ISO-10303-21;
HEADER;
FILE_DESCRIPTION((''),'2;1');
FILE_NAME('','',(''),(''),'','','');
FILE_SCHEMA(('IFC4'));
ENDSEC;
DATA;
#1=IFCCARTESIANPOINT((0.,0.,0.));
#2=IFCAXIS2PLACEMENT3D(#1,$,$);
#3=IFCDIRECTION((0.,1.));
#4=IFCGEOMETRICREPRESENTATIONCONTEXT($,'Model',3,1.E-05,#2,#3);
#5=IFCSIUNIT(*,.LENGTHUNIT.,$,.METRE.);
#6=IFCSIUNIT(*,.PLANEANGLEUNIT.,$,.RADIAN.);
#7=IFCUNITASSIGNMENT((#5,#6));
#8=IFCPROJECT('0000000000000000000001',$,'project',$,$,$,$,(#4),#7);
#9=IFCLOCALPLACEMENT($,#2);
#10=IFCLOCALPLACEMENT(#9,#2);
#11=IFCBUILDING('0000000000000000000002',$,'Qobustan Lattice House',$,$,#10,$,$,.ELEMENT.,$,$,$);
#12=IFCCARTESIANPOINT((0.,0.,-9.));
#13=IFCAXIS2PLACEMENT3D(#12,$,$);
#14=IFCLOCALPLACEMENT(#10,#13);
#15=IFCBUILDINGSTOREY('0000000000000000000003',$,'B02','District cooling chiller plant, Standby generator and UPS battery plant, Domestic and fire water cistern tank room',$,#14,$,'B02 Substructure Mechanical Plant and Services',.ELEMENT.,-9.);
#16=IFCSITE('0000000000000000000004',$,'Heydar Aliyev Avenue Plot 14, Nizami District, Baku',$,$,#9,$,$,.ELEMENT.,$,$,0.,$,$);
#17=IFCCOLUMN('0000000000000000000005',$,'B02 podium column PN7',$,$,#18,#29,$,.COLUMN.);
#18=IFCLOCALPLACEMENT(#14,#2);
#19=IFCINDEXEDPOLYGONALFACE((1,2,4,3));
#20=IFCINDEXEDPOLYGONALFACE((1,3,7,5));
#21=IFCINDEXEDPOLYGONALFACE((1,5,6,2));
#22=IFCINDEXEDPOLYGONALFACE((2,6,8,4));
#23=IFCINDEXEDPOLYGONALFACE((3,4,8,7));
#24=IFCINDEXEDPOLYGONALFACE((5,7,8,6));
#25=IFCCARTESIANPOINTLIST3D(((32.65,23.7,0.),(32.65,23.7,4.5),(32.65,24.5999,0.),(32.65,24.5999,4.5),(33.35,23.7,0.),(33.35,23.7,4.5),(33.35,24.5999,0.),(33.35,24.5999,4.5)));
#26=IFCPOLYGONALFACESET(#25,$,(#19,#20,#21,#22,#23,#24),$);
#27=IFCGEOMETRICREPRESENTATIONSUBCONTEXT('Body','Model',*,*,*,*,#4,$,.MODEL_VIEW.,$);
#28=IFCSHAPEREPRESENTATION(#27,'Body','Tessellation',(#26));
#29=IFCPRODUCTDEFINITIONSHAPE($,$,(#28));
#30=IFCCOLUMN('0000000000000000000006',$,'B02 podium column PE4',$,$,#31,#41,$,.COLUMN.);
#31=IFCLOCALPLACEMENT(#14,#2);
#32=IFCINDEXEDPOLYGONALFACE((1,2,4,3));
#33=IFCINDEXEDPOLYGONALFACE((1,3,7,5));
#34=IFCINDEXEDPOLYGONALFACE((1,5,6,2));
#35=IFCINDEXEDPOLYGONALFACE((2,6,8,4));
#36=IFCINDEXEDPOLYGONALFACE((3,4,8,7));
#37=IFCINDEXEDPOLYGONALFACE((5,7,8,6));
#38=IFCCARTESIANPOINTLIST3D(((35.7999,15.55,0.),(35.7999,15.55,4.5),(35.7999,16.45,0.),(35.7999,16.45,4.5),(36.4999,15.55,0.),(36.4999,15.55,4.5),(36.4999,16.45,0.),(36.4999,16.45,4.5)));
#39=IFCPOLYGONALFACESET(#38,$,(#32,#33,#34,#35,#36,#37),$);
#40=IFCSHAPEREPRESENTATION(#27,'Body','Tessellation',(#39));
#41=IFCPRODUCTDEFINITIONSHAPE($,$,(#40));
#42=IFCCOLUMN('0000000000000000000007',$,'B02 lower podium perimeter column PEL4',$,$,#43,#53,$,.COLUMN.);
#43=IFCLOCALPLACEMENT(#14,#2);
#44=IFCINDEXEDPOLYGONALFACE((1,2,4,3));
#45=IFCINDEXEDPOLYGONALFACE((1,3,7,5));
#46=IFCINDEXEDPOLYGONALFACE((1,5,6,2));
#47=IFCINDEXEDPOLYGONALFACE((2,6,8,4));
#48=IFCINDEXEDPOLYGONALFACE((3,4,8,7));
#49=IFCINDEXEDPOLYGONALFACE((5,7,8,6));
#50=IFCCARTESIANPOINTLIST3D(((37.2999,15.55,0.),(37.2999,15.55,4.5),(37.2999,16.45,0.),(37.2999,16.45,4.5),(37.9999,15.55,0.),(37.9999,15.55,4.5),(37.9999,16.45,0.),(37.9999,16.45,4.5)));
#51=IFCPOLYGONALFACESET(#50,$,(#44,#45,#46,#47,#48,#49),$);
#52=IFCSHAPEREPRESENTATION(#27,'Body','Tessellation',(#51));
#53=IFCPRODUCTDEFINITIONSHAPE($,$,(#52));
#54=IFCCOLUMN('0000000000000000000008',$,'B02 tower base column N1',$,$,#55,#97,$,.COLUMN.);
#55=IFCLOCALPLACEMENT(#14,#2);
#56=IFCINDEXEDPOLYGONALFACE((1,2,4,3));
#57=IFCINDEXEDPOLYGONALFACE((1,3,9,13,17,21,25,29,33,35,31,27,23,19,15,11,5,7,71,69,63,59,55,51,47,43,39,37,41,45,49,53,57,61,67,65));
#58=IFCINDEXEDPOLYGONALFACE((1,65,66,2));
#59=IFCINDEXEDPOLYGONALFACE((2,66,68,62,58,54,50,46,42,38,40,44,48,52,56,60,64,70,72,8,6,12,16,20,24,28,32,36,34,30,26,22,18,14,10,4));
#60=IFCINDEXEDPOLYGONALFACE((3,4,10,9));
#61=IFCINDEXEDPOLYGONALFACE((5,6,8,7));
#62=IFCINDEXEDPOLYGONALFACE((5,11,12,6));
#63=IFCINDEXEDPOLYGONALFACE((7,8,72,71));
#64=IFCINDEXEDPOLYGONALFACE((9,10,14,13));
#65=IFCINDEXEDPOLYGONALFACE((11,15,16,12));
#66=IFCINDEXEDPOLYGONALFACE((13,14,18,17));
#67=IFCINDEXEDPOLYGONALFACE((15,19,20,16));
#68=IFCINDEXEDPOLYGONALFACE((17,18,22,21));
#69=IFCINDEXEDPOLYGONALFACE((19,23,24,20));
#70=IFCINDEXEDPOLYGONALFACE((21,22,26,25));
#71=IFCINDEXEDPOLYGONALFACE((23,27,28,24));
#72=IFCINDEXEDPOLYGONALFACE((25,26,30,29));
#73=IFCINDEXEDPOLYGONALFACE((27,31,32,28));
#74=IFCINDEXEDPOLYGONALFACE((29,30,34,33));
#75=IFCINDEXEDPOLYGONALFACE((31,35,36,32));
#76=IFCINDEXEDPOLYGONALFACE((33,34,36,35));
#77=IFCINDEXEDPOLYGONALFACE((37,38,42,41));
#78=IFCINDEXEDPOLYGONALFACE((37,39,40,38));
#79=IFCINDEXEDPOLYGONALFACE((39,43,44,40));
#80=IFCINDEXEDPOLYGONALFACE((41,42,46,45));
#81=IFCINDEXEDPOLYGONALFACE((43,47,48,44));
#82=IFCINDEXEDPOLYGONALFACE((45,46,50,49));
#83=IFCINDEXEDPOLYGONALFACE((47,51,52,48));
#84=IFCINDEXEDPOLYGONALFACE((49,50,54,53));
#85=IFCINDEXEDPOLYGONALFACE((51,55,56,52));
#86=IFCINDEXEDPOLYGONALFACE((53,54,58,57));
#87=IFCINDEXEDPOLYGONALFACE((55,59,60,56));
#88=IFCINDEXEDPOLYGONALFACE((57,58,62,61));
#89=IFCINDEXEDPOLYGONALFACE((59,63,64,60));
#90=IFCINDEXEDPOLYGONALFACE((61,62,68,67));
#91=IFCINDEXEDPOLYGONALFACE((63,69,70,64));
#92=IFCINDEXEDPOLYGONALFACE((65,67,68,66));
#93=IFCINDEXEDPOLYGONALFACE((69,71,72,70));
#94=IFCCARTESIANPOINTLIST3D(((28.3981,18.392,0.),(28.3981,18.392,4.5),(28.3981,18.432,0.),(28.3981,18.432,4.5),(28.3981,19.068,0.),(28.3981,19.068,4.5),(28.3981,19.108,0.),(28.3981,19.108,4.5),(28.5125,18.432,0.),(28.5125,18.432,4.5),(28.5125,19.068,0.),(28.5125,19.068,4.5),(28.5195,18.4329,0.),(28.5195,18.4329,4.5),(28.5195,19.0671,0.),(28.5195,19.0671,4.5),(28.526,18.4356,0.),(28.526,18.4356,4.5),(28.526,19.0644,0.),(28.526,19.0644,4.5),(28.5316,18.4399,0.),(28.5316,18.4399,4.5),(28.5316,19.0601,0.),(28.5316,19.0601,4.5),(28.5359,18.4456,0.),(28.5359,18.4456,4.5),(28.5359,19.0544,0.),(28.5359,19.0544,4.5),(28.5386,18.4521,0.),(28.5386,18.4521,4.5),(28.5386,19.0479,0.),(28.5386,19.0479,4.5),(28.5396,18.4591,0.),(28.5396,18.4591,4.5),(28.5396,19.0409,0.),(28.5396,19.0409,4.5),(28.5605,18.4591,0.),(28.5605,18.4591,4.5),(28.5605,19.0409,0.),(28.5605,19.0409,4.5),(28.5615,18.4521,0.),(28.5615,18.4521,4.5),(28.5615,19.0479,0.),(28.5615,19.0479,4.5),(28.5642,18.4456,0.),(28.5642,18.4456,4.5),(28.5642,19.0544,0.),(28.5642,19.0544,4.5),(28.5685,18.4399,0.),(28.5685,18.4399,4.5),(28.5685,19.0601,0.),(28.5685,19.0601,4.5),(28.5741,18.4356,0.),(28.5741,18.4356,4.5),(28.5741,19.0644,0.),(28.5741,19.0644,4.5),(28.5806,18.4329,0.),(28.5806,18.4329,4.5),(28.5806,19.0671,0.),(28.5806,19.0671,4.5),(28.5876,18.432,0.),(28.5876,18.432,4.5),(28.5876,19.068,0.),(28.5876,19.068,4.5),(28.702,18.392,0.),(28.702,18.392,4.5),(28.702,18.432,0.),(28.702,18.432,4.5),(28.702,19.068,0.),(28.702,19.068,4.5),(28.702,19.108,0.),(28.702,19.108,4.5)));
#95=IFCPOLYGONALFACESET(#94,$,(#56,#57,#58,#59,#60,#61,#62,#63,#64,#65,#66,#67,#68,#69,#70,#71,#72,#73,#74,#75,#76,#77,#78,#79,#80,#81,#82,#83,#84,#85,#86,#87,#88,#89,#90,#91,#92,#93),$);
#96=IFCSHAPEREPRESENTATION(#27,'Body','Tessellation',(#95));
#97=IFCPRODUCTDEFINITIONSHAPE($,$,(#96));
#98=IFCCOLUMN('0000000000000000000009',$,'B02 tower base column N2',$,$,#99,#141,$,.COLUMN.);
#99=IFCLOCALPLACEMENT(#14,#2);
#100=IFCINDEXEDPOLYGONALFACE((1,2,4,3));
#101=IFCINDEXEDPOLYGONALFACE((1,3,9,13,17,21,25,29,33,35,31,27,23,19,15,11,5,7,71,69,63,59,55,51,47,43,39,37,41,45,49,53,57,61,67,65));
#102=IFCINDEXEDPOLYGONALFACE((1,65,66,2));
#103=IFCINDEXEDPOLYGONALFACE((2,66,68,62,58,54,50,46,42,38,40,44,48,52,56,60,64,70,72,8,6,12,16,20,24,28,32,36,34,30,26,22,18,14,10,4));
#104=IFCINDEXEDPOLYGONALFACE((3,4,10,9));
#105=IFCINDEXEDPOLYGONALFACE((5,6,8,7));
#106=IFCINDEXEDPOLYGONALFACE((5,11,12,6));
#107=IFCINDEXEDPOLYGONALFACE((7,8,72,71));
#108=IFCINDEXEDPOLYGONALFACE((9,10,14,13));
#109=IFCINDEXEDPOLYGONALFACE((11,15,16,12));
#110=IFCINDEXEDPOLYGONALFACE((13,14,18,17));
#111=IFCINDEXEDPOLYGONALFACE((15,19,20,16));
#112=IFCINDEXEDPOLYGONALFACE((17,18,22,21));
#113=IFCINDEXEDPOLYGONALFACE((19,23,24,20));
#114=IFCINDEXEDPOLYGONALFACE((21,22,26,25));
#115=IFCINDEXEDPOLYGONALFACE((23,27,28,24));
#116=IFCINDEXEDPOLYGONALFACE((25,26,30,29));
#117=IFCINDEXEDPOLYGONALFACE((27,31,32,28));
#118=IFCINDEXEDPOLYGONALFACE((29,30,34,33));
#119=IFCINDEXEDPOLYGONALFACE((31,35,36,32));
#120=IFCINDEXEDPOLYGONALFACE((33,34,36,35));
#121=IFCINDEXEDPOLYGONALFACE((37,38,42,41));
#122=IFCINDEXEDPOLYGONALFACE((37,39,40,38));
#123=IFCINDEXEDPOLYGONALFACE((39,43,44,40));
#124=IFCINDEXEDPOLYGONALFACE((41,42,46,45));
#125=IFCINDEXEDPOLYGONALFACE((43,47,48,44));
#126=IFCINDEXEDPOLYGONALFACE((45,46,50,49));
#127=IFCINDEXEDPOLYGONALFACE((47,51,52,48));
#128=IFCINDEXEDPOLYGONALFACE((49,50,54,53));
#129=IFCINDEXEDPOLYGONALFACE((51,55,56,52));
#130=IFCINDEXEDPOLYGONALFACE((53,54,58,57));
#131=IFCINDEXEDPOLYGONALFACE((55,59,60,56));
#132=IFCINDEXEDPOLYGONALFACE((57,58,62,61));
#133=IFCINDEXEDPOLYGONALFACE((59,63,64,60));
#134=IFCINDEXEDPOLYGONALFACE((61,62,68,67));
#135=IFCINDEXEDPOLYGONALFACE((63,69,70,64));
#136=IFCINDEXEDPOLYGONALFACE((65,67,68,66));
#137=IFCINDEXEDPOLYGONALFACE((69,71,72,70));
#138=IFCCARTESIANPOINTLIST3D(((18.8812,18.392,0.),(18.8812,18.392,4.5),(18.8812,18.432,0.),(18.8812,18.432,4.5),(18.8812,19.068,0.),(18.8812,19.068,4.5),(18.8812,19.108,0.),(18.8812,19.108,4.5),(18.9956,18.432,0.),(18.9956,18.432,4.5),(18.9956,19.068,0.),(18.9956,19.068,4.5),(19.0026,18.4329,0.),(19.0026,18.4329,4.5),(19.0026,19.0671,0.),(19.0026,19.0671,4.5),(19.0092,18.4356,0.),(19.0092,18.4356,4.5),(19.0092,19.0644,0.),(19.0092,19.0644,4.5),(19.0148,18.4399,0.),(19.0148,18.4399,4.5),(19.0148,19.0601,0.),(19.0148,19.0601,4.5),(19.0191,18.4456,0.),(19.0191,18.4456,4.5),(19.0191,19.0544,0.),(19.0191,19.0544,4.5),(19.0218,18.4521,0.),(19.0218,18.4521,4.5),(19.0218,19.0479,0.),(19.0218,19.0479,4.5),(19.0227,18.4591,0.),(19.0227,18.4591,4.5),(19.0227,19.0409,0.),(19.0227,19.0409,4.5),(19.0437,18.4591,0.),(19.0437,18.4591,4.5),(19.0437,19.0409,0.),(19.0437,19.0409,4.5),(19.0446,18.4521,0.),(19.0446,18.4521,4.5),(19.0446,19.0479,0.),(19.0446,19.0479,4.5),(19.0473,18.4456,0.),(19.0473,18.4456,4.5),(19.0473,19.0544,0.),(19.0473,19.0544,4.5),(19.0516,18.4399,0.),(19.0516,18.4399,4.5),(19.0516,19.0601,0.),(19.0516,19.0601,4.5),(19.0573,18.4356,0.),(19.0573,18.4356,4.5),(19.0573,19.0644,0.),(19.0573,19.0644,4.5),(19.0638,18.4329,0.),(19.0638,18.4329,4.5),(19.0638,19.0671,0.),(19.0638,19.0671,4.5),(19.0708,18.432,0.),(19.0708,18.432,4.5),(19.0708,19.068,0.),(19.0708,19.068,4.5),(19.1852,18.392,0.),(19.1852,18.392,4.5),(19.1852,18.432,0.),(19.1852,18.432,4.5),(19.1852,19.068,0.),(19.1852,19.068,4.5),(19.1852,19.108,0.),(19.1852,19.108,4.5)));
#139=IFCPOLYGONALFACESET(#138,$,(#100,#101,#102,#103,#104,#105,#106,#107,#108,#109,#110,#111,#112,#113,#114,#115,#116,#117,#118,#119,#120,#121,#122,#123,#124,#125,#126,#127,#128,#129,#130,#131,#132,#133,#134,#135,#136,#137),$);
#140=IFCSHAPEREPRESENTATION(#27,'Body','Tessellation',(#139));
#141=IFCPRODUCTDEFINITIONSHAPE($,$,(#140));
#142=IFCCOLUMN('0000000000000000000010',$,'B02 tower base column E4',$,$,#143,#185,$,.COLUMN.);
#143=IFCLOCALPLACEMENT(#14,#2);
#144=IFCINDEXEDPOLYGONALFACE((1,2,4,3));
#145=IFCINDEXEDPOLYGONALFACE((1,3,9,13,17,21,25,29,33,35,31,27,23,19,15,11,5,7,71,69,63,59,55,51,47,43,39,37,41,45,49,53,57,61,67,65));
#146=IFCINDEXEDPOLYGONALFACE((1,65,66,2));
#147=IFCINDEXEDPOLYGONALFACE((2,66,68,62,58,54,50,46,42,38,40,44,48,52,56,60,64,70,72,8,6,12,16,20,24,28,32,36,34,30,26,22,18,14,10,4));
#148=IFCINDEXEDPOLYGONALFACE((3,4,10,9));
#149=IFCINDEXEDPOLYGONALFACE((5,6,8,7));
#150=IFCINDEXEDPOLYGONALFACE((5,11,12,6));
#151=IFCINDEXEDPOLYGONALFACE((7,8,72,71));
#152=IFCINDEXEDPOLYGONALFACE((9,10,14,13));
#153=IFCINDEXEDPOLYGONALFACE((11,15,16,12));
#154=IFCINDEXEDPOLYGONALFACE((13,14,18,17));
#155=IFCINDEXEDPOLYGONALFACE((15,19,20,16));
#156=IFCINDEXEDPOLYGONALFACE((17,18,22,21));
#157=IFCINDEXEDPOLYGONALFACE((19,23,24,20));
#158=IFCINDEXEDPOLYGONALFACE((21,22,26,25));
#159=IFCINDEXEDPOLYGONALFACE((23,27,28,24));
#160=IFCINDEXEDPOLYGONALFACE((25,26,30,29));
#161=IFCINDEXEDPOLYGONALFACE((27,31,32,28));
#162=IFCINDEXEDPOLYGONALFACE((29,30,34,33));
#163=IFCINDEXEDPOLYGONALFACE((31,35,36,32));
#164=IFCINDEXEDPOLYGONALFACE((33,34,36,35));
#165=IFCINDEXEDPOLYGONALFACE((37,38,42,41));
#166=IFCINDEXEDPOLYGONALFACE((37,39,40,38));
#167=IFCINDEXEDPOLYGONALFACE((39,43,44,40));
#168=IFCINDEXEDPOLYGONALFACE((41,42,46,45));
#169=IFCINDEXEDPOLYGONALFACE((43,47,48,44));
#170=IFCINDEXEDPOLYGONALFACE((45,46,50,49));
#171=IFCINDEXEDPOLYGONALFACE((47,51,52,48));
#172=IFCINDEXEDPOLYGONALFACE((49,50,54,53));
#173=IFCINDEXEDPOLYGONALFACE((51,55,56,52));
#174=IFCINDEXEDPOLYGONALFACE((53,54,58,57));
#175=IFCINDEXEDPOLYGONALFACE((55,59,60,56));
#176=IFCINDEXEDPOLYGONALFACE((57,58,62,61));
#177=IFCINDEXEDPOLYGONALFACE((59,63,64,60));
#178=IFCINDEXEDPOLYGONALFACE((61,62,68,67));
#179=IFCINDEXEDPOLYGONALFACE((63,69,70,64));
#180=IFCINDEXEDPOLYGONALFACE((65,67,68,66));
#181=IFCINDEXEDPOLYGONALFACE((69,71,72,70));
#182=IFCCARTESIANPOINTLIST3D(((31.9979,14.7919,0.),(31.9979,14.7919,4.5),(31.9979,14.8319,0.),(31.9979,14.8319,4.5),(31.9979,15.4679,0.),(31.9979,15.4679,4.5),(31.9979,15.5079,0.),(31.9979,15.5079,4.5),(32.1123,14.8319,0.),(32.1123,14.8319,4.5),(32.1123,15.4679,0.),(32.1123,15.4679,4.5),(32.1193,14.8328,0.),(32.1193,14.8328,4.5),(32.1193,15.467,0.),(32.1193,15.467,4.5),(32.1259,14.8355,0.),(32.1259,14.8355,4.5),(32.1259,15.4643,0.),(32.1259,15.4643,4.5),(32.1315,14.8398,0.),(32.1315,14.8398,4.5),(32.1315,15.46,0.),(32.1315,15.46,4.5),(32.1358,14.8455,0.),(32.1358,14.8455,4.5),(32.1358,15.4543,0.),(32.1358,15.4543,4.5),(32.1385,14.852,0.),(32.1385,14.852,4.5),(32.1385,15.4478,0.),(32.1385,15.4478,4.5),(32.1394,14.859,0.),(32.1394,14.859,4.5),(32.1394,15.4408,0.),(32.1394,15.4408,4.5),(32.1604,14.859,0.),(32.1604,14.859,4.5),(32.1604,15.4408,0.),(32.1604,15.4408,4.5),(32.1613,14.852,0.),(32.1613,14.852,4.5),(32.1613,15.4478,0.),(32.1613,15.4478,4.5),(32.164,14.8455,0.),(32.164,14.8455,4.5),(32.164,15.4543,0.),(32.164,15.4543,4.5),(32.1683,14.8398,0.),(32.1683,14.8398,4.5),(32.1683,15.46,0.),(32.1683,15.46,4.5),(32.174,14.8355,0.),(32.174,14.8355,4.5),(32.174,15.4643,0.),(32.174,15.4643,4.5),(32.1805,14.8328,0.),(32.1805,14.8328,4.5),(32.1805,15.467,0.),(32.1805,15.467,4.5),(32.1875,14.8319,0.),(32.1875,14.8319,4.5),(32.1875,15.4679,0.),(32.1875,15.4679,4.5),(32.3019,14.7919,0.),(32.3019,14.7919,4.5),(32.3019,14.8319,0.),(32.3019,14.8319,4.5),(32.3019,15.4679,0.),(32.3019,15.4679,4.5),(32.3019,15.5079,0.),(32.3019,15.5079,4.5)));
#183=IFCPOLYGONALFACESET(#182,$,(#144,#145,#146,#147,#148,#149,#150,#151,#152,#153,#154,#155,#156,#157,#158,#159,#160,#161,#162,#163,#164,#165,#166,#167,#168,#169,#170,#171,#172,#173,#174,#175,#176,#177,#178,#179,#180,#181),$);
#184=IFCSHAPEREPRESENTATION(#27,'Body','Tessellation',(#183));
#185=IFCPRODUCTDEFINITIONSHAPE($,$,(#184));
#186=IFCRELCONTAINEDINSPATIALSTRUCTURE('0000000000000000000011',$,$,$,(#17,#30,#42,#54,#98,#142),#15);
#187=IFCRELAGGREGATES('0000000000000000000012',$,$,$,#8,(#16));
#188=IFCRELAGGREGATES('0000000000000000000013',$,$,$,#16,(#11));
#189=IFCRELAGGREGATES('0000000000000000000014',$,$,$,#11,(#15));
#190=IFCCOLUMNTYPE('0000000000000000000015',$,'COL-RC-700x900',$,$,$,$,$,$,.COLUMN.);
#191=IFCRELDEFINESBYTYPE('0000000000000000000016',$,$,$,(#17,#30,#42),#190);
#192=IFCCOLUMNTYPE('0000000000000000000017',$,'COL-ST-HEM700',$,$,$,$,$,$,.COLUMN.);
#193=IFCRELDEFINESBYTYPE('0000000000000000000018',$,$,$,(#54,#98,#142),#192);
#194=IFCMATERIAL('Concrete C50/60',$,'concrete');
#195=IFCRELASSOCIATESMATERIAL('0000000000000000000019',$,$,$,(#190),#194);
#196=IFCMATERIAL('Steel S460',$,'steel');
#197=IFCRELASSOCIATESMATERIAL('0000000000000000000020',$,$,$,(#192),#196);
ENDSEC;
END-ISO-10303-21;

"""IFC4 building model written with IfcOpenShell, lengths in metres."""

from ifc_helpers import new_model, si_unit, direction, frame, origin, origin_2d, place, context, subcontext, project, spatial, rectangle, i_section, extrude, material, material_profile, profile_set, type_object, element, save


model = new_model("IFC4")

# Units and contexts
model_context = context("Model", 3, precision=1e-05, world=origin(), true_north=direction((0.0, 1.0)))
body_context = subcontext(model_context, "Body", "Model", "MODEL_VIEW")
ifc_project = project(units=[si_unit("LENGTHUNIT", "METRE"), si_unit("PLANEANGLEUNIT", "RADIAN")], contexts=[model_context])

# Site, building, storey
site_placement = place(None, origin())
site = spatial("IfcSite", under=ifc_project, at=site_placement, Name="Heydar Aliyev Avenue Plot 14, Nizami District, Baku", CompositionType="ELEMENT", RefElevation=0.0)
building_placement = place(site_placement, origin())
building = spatial("IfcBuilding", under=site, at=building_placement, Name="Qobustan Lattice House", CompositionType="ELEMENT")
storey_placement = place(building_placement, frame((0.0, 0.0, -9.0)))
storey = spatial("IfcBuildingStorey", under=building, at=storey_placement, Name="B02", Description="District cooling chiller plant, Standby generator and UPS battery plant, Domestic and fire water cistern tank room", LongName="B02 Substructure Mechanical Plant and Services", CompositionType="ELEMENT", Elevation=-9.0)

# Columns
ifc_material_1 = material(Name="Concrete C50/60", Category="concrete")
ifc_material_profile_1 = material_profile(ifc_material_1, rectangle(XDim=0.7, YDim=0.8999, at=origin_2d()), Name="RC700x900")
ifc_profile_set_1 = profile_set([ifc_material_profile_1], Name="Concrete C50/60")
column_type_1 = type_object("IfcColumnType", Name="COL-RC-700x900", PredefinedType="COLUMN", material=ifc_profile_set_1)
for number, where, z_axis, x_axis, name in (
    (1, (33.0, 24.1499, 0.0), (0.0, 0.0, 1.0), (1.0, 0.0, 0.0), "B02 podium column PN7"),
    (2, (36.1499, 16.0, 0.0), (0.0, 0.0, 1.0), (1.0, 0.0, 0.0), "B02 podium column PE4"),
    (3, (37.6499, 16.0, 0.0), (0.0, 0.0, 1.0), (1.0, 0.0, 0.0), "B02 lower podium perimeter column PEL4"),
):
    element("IfcColumn", number, at=place(storey_placement, frame(where, z_axis=z_axis, x_axis=x_axis)), inside=storey, type_object=column_type_1, Name=name, PredefinedType="COLUMN", context=body_context, shape_type="SweptSolid", body=[
        extrude(rectangle(XDim=0.7, YDim=0.8999, at=origin_2d()), origin(), (0.0, 0.0, 1.0), 4.5),
    ])
ifc_material_2 = material(Name="Steel S460", Category="steel")
ifc_material_profile_2 = material_profile(ifc_material_2, i_section(OverallWidth=0.304, OverallDepth=0.7161, WebThickness=0.021, FlangeThickness=0.04, FilletRadius=0.0271, at=origin_2d()), Name="HEM700")
ifc_profile_set_2 = profile_set([ifc_material_profile_2], Name="Steel S460")
column_type_2 = type_object("IfcColumnType", Name="COL-ST-HEM700", PredefinedType="COLUMN", material=ifc_profile_set_2)
for number, where, z_axis, x_axis, name in (
    (4, (28.55, 18.75, 0.0), (0.0, 0.0, 1.0), (1.0, 0.0, 0.0), "B02 tower base column N1"),
    (5, (19.0332, 18.75, 0.0), (0.0, 0.0, 1.0), (1.0, 0.0, 0.0), "B02 tower base column N2"),
    (6, (32.1499, 15.1499, 0.0), (0.0, 0.0, 1.0), (1.0, 0.0, 0.0), "B02 tower base column E4"),
):
    element("IfcColumn", number, at=place(storey_placement, frame(where, z_axis=z_axis, x_axis=x_axis)), inside=storey, type_object=column_type_2, Name=name, PredefinedType="COLUMN", context=body_context, shape_type="SweptSolid", body=[
        extrude(i_section(OverallWidth=0.304, OverallDepth=0.7161, WebThickness=0.021, FlangeThickness=0.04, FilletRadius=0.0271, at=origin_2d()), origin(), (0.0, 0.0, 1.0), 4.5),
    ])

save(model, "model.ifc")
